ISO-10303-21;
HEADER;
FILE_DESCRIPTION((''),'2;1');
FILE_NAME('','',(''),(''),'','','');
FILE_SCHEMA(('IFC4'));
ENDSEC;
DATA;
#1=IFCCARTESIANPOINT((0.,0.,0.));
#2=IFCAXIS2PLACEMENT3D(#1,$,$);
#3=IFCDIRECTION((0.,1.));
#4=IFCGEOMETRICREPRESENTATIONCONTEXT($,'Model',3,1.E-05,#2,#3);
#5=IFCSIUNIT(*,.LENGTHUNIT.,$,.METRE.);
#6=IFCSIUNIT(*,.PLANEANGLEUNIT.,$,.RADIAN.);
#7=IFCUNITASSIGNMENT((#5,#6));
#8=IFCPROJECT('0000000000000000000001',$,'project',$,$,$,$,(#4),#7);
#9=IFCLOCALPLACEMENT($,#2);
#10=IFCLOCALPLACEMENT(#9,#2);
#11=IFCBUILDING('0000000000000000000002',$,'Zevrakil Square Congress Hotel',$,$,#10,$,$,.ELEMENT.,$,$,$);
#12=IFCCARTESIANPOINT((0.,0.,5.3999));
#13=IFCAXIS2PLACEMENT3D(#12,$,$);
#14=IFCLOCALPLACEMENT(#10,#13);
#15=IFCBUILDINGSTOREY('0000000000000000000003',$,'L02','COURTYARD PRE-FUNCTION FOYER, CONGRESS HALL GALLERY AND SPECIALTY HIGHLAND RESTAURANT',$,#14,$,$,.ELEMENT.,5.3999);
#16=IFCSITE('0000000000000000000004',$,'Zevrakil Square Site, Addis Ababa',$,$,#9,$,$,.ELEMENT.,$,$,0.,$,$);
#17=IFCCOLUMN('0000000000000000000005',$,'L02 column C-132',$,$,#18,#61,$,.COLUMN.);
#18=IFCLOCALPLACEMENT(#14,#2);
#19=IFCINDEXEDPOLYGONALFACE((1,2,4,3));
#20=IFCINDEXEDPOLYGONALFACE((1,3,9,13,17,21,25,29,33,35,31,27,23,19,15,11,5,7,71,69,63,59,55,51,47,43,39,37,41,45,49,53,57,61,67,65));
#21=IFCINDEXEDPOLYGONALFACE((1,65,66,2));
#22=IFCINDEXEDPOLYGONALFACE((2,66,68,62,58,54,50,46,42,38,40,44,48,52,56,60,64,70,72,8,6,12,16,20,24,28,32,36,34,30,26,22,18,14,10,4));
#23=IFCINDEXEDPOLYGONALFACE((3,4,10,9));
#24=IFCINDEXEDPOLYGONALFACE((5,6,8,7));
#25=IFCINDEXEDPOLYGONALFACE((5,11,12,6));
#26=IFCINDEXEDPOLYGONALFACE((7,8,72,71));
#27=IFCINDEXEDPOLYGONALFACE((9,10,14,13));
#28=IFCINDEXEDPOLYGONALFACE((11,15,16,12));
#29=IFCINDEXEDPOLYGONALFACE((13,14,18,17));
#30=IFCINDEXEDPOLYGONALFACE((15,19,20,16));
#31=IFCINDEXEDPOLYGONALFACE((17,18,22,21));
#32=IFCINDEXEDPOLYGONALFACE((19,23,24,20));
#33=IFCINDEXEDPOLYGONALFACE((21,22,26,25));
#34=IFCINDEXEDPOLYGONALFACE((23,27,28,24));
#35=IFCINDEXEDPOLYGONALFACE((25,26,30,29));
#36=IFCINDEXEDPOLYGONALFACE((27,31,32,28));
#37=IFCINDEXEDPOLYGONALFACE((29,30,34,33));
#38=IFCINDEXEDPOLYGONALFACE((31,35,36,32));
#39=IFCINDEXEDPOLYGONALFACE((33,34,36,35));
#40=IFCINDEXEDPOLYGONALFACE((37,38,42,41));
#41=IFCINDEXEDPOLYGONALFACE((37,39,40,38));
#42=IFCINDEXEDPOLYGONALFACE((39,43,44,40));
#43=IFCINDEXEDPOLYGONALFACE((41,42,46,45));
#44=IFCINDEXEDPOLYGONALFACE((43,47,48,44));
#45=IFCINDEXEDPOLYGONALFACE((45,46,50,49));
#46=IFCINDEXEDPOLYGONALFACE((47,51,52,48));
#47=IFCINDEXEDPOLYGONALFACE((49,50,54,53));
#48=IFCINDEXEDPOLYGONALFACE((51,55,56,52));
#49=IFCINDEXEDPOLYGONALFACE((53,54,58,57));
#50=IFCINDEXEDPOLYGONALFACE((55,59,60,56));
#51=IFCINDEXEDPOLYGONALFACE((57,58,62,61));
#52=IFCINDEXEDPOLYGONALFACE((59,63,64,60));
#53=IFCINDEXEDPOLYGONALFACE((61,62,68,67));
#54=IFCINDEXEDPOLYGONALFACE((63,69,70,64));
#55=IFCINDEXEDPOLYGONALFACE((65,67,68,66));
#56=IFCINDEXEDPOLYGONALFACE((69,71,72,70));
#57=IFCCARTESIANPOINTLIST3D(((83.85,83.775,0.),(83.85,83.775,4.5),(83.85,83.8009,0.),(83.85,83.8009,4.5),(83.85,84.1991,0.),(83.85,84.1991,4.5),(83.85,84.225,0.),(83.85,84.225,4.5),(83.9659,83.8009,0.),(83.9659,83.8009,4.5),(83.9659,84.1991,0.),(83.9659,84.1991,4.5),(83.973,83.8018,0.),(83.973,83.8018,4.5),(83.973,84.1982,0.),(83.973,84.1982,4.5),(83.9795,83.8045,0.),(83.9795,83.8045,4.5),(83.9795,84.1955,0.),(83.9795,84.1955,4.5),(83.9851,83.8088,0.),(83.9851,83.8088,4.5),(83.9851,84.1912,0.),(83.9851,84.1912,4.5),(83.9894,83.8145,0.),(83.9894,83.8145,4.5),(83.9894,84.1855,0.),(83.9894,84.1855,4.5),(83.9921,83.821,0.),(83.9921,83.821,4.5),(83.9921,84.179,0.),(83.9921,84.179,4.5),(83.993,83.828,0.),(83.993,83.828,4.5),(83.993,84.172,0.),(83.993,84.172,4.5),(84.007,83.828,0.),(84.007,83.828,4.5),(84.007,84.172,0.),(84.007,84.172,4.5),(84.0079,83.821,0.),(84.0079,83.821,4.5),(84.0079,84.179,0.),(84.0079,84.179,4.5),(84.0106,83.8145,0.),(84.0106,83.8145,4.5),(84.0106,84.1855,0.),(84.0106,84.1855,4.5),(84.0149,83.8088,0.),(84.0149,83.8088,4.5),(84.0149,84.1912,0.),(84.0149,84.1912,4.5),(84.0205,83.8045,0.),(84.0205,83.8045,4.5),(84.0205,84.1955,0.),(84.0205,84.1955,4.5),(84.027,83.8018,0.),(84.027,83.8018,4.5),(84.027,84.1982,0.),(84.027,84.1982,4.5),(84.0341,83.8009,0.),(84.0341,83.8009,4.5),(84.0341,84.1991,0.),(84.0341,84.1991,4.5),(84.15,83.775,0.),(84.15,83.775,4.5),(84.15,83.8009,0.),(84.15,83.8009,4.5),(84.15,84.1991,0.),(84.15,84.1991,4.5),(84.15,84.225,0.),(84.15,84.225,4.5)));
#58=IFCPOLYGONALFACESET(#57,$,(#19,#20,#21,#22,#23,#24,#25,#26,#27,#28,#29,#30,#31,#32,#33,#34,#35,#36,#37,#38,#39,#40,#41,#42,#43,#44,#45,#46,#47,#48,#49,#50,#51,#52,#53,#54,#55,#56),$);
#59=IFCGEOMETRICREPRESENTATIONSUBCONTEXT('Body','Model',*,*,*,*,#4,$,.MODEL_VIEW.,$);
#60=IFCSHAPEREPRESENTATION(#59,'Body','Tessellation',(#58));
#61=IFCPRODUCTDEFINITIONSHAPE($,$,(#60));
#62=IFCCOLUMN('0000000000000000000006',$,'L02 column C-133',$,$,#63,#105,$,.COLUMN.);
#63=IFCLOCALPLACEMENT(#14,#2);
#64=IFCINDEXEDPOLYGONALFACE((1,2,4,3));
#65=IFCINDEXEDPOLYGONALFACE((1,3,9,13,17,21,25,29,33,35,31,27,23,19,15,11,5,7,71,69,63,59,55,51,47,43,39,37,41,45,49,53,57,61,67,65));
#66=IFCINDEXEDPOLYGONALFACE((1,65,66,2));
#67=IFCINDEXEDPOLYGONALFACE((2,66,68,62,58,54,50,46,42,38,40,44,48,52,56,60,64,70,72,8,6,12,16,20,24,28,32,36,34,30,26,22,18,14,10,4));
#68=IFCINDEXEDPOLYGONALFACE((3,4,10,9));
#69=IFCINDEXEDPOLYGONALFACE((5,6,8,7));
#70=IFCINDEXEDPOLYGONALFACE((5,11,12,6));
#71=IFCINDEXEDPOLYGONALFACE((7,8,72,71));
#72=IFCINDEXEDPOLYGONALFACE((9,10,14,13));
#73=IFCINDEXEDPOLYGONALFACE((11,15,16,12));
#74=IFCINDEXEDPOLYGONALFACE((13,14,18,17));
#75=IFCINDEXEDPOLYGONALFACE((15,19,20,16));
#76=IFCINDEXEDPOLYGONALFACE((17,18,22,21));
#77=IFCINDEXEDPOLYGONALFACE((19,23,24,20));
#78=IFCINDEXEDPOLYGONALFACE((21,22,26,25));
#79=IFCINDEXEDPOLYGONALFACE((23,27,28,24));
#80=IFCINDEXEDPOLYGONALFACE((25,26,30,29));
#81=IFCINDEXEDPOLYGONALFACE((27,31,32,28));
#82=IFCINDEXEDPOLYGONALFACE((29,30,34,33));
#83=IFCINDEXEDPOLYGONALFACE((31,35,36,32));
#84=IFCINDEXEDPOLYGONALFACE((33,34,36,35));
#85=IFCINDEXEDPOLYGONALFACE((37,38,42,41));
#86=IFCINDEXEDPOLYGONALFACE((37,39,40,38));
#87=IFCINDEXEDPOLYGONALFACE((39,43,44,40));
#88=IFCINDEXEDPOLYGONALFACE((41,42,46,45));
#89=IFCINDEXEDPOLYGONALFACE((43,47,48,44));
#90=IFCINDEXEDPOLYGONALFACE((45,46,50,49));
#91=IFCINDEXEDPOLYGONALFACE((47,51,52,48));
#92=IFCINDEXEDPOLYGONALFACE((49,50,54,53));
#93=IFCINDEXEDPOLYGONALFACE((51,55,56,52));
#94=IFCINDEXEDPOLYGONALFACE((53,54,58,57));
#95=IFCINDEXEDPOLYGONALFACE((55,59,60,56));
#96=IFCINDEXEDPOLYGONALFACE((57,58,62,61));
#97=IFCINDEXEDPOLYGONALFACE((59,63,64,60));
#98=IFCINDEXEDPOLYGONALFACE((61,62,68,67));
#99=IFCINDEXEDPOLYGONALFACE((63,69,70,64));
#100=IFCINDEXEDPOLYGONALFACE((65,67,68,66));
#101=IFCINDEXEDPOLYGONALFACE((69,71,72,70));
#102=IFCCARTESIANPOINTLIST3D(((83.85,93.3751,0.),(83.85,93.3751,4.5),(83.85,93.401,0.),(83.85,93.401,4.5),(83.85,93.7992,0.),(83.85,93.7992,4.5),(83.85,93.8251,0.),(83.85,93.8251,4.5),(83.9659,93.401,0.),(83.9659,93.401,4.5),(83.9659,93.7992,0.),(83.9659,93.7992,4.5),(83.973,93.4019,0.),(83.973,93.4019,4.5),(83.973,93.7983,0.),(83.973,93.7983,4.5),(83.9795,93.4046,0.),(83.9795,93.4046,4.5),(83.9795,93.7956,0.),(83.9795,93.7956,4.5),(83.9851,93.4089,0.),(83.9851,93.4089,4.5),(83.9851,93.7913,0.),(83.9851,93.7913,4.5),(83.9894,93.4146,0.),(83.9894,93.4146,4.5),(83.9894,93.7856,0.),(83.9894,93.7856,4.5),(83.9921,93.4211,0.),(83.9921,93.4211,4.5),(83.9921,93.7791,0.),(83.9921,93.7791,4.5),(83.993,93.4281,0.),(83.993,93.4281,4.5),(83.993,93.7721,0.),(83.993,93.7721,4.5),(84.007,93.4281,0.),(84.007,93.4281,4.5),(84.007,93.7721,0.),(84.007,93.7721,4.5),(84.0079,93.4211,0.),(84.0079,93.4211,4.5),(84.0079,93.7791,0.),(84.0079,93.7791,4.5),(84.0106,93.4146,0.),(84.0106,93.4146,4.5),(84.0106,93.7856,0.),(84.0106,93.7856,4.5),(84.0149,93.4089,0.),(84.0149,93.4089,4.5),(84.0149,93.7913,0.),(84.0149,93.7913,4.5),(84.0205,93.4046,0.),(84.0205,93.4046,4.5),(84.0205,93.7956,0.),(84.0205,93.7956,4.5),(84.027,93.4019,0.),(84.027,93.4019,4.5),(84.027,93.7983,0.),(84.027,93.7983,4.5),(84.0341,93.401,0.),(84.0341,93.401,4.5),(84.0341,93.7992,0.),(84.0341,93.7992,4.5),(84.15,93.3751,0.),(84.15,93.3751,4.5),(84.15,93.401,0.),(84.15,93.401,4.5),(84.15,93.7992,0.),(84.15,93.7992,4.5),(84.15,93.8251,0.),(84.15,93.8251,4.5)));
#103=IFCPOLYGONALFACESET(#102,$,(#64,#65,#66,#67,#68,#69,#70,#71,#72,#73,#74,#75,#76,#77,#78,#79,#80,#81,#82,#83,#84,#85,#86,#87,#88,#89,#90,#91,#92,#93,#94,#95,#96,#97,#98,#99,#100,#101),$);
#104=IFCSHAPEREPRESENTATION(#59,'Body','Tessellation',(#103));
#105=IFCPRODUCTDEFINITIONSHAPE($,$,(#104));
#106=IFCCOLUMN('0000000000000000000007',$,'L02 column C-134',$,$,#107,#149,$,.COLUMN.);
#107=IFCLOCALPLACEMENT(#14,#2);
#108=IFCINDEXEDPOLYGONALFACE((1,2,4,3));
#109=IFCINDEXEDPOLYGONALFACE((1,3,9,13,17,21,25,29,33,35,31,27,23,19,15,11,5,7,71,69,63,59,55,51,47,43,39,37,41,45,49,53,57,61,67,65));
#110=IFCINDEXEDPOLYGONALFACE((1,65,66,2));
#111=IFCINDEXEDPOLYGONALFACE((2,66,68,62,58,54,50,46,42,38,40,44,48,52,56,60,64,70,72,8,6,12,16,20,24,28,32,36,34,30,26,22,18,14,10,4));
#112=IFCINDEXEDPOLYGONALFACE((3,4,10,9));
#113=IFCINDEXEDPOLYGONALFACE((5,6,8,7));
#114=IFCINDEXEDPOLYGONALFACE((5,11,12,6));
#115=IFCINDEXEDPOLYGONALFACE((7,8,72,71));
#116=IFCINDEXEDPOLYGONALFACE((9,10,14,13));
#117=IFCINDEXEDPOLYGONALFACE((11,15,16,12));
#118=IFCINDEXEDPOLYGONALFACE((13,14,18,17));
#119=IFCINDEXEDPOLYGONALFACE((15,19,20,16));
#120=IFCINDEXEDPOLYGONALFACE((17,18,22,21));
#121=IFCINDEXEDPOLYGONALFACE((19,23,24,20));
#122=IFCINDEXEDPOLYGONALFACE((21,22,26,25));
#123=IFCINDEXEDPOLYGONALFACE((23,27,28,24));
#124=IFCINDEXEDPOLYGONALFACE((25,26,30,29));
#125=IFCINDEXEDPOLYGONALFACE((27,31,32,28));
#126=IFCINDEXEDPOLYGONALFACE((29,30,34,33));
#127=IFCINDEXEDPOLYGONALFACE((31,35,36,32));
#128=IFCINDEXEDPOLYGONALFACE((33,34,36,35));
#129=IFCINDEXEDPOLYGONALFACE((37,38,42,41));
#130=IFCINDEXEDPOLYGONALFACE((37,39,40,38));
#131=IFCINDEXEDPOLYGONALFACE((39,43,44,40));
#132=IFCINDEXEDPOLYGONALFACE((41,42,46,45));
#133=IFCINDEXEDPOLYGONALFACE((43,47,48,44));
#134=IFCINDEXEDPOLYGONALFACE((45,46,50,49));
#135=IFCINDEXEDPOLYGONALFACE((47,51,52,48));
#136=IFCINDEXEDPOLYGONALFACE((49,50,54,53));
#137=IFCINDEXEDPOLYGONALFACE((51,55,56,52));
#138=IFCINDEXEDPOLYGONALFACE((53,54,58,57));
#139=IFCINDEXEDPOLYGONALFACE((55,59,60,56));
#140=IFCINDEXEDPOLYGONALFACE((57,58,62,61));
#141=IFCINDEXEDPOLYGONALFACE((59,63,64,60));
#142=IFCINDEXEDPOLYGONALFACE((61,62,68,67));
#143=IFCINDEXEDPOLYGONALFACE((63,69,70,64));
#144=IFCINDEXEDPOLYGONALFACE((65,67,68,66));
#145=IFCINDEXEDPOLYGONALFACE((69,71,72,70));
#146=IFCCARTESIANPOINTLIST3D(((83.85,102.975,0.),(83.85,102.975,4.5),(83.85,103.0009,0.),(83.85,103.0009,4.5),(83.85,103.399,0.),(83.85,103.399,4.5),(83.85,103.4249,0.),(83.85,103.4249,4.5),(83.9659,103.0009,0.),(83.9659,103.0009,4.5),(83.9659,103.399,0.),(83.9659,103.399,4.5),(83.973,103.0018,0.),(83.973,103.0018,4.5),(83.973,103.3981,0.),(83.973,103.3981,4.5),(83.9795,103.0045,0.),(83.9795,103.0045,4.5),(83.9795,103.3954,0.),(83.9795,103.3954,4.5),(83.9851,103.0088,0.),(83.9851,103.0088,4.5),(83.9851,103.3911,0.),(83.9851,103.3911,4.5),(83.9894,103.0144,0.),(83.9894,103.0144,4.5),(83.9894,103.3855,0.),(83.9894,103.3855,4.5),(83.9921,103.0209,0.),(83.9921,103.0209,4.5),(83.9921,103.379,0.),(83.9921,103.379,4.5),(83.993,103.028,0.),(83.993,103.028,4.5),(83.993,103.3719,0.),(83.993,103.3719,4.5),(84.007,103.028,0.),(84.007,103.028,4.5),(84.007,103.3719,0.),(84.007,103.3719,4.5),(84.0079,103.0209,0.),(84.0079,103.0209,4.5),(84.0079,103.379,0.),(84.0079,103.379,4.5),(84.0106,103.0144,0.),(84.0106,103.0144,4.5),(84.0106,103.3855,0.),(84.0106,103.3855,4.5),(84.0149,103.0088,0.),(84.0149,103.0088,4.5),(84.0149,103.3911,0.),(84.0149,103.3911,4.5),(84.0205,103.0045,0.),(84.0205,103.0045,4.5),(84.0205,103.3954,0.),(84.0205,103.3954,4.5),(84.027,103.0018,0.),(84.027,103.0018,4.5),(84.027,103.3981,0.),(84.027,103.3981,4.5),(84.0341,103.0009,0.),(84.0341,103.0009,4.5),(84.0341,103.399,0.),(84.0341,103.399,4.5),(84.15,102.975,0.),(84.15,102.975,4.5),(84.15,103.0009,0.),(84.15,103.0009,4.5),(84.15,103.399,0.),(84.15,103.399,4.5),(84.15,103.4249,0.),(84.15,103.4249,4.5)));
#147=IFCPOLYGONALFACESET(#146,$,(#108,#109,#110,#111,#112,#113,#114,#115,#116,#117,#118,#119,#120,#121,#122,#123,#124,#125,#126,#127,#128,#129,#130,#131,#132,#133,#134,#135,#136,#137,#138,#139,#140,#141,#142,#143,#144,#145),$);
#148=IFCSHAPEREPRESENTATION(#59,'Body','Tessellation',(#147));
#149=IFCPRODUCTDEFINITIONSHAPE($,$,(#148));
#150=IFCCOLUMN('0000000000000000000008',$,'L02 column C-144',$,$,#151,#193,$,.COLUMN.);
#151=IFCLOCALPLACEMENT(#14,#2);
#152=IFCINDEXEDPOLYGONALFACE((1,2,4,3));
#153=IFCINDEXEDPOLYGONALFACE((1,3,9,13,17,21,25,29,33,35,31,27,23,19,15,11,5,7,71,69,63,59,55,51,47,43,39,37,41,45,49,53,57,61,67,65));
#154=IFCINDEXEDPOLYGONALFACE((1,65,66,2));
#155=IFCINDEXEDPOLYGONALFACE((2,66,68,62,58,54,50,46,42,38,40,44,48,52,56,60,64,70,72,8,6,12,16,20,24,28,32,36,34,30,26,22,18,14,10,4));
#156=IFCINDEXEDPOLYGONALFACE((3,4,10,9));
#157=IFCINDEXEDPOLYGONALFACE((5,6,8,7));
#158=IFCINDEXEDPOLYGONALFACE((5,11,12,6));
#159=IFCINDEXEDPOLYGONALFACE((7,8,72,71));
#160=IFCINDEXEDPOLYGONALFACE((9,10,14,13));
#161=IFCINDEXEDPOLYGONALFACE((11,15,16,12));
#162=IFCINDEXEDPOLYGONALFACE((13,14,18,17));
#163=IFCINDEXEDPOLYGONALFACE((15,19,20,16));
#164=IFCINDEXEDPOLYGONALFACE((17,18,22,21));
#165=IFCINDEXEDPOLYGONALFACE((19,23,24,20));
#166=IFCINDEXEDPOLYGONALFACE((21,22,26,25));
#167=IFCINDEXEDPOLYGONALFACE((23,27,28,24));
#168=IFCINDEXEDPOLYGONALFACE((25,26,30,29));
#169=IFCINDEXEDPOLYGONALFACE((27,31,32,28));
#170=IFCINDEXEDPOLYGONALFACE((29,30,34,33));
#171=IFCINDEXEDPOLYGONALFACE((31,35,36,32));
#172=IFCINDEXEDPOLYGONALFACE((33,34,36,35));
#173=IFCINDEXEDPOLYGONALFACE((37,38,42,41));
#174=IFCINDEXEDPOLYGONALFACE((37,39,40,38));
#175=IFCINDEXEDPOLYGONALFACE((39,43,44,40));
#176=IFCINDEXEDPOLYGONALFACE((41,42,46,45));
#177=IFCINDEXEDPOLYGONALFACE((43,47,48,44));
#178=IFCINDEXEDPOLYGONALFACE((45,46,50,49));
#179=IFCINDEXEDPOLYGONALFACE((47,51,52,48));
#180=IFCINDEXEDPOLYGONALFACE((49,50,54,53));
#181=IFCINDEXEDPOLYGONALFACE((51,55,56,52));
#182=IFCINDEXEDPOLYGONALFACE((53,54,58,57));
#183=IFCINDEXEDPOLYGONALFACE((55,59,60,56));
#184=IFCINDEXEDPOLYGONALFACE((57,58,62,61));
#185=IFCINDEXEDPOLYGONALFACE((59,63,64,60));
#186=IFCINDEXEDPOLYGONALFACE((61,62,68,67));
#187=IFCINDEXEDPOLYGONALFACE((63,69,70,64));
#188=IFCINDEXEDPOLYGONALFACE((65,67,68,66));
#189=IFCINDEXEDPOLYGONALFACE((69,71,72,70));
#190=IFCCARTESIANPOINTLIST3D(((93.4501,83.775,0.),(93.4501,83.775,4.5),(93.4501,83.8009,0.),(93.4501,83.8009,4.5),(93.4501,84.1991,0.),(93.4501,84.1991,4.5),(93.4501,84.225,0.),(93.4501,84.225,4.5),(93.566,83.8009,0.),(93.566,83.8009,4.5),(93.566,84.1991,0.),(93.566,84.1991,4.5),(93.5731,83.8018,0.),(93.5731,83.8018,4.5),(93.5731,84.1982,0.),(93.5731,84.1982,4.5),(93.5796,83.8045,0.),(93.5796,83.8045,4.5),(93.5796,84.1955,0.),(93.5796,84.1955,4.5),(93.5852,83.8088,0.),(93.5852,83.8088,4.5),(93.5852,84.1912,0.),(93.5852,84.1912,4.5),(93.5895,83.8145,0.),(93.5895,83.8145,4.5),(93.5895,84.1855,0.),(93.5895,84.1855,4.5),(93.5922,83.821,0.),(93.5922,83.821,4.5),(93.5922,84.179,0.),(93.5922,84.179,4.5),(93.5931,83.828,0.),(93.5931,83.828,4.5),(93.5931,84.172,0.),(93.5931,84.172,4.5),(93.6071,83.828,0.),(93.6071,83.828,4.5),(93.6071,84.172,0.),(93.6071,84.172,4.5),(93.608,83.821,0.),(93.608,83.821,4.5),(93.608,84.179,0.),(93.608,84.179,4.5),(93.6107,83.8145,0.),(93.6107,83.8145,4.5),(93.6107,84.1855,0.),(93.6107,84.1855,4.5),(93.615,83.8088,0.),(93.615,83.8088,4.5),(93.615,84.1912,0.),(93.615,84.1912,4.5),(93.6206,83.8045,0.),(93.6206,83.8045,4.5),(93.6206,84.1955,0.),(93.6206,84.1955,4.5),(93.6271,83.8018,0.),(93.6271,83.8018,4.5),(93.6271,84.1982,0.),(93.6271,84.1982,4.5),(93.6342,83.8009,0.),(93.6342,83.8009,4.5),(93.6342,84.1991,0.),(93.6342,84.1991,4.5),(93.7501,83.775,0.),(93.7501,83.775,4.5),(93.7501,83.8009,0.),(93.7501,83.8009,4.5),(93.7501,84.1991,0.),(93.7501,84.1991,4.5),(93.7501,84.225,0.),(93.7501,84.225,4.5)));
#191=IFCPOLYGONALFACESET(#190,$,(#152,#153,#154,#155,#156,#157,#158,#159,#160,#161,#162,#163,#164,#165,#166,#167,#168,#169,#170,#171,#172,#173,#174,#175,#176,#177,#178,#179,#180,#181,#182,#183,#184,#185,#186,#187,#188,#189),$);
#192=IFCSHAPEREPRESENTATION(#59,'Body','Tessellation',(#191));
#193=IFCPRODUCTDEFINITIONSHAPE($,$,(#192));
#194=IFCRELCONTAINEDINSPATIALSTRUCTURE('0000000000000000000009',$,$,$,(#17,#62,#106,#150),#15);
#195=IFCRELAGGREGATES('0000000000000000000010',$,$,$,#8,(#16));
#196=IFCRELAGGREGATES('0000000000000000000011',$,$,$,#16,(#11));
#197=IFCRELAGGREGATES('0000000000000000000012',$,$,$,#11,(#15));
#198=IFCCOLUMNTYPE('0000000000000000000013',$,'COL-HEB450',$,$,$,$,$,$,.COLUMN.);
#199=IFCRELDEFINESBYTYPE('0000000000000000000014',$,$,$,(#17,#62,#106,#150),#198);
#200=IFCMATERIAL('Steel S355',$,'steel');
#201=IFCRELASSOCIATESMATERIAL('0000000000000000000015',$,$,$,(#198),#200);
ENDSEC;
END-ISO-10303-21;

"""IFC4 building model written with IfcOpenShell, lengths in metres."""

from ifc_helpers import new_model, si_unit, direction, frame, origin, origin_2d, place, context, subcontext, project, spatial, i_section, extrude, material, material_profile, profile_set, type_object, element, save


model = new_model("IFC4")

# Units and contexts
model_context = context("Model", 3, precision=1e-05, world=origin(), true_north=direction((0.0, 1.0)))
body_context = subcontext(model_context, "Body", "Model", "MODEL_VIEW")
ifc_project = project(units=[si_unit("LENGTHUNIT", "METRE"), si_unit("PLANEANGLEUNIT", "RADIAN")], contexts=[model_context])

# Site, building, storey
site_placement = place(None, origin())
site = spatial("IfcSite", under=ifc_project, at=site_placement, Name="Zevrakil Square Site, Addis Ababa", CompositionType="ELEMENT", RefElevation=0.0)
building_placement = place(site_placement, origin())
building = spatial("IfcBuilding", under=site, at=building_placement, Name="Zevrakil Square Congress Hotel", CompositionType="ELEMENT")
storey_placement = place(building_placement, frame((0.0, 0.0, 5.3999)))
storey = spatial("IfcBuildingStorey", under=building, at=storey_placement, Name="L02", Description="COURTYARD PRE-FUNCTION FOYER, CONGRESS HALL GALLERY AND SPECIALTY HIGHLAND RESTAURANT", CompositionType="ELEMENT", Elevation=5.3999)

# Columns
ifc_material_1 = material(Name="Steel S355", Category="steel")
ifc_material_profile_1 = material_profile(ifc_material_1, i_section(OverallWidth=0.3, OverallDepth=0.45, WebThickness=0.0139, FlangeThickness=0.0259, FilletRadius=0.0271, at=origin_2d()), Name="HEB 450")
ifc_profile_set_1 = profile_set([ifc_material_profile_1], Name="Steel S355")
column_type = type_object("IfcColumnType", Name="COL-HEB450", PredefinedType="COLUMN", material=ifc_profile_set_1)
for number, where, z_axis, x_axis, name in (
    (1, (84.0, 84.0, 0.0), (0.0, 0.0, 1.0), (1.0, 0.0, 0.0), "L02 column C-132"),
    (2, (84.0, 93.6001, 0.0), (0.0, 0.0, 1.0), (1.0, 0.0, 0.0), "L02 column C-133"),
    (3, (84.0, 103.2, 0.0), (0.0, 0.0, 1.0), (1.0, 0.0, 0.0), "L02 column C-134"),
    (4, (93.6001, 84.0, 0.0), (0.0, 0.0, 1.0), (1.0, 0.0, 0.0), "L02 column C-144"),
):
    element("IfcColumn", number, at=place(storey_placement, frame(where, z_axis=z_axis, x_axis=x_axis)), inside=storey, type_object=column_type, Name=name, PredefinedType="COLUMN", context=body_context, shape_type="SweptSolid", body=[
        extrude(i_section(OverallWidth=0.3, OverallDepth=0.45, WebThickness=0.0139, FlangeThickness=0.0259, FilletRadius=0.0271, at=origin_2d()), origin(), (0.0, 0.0, 1.0), 4.5),
    ])

save(model, "model.ifc")
